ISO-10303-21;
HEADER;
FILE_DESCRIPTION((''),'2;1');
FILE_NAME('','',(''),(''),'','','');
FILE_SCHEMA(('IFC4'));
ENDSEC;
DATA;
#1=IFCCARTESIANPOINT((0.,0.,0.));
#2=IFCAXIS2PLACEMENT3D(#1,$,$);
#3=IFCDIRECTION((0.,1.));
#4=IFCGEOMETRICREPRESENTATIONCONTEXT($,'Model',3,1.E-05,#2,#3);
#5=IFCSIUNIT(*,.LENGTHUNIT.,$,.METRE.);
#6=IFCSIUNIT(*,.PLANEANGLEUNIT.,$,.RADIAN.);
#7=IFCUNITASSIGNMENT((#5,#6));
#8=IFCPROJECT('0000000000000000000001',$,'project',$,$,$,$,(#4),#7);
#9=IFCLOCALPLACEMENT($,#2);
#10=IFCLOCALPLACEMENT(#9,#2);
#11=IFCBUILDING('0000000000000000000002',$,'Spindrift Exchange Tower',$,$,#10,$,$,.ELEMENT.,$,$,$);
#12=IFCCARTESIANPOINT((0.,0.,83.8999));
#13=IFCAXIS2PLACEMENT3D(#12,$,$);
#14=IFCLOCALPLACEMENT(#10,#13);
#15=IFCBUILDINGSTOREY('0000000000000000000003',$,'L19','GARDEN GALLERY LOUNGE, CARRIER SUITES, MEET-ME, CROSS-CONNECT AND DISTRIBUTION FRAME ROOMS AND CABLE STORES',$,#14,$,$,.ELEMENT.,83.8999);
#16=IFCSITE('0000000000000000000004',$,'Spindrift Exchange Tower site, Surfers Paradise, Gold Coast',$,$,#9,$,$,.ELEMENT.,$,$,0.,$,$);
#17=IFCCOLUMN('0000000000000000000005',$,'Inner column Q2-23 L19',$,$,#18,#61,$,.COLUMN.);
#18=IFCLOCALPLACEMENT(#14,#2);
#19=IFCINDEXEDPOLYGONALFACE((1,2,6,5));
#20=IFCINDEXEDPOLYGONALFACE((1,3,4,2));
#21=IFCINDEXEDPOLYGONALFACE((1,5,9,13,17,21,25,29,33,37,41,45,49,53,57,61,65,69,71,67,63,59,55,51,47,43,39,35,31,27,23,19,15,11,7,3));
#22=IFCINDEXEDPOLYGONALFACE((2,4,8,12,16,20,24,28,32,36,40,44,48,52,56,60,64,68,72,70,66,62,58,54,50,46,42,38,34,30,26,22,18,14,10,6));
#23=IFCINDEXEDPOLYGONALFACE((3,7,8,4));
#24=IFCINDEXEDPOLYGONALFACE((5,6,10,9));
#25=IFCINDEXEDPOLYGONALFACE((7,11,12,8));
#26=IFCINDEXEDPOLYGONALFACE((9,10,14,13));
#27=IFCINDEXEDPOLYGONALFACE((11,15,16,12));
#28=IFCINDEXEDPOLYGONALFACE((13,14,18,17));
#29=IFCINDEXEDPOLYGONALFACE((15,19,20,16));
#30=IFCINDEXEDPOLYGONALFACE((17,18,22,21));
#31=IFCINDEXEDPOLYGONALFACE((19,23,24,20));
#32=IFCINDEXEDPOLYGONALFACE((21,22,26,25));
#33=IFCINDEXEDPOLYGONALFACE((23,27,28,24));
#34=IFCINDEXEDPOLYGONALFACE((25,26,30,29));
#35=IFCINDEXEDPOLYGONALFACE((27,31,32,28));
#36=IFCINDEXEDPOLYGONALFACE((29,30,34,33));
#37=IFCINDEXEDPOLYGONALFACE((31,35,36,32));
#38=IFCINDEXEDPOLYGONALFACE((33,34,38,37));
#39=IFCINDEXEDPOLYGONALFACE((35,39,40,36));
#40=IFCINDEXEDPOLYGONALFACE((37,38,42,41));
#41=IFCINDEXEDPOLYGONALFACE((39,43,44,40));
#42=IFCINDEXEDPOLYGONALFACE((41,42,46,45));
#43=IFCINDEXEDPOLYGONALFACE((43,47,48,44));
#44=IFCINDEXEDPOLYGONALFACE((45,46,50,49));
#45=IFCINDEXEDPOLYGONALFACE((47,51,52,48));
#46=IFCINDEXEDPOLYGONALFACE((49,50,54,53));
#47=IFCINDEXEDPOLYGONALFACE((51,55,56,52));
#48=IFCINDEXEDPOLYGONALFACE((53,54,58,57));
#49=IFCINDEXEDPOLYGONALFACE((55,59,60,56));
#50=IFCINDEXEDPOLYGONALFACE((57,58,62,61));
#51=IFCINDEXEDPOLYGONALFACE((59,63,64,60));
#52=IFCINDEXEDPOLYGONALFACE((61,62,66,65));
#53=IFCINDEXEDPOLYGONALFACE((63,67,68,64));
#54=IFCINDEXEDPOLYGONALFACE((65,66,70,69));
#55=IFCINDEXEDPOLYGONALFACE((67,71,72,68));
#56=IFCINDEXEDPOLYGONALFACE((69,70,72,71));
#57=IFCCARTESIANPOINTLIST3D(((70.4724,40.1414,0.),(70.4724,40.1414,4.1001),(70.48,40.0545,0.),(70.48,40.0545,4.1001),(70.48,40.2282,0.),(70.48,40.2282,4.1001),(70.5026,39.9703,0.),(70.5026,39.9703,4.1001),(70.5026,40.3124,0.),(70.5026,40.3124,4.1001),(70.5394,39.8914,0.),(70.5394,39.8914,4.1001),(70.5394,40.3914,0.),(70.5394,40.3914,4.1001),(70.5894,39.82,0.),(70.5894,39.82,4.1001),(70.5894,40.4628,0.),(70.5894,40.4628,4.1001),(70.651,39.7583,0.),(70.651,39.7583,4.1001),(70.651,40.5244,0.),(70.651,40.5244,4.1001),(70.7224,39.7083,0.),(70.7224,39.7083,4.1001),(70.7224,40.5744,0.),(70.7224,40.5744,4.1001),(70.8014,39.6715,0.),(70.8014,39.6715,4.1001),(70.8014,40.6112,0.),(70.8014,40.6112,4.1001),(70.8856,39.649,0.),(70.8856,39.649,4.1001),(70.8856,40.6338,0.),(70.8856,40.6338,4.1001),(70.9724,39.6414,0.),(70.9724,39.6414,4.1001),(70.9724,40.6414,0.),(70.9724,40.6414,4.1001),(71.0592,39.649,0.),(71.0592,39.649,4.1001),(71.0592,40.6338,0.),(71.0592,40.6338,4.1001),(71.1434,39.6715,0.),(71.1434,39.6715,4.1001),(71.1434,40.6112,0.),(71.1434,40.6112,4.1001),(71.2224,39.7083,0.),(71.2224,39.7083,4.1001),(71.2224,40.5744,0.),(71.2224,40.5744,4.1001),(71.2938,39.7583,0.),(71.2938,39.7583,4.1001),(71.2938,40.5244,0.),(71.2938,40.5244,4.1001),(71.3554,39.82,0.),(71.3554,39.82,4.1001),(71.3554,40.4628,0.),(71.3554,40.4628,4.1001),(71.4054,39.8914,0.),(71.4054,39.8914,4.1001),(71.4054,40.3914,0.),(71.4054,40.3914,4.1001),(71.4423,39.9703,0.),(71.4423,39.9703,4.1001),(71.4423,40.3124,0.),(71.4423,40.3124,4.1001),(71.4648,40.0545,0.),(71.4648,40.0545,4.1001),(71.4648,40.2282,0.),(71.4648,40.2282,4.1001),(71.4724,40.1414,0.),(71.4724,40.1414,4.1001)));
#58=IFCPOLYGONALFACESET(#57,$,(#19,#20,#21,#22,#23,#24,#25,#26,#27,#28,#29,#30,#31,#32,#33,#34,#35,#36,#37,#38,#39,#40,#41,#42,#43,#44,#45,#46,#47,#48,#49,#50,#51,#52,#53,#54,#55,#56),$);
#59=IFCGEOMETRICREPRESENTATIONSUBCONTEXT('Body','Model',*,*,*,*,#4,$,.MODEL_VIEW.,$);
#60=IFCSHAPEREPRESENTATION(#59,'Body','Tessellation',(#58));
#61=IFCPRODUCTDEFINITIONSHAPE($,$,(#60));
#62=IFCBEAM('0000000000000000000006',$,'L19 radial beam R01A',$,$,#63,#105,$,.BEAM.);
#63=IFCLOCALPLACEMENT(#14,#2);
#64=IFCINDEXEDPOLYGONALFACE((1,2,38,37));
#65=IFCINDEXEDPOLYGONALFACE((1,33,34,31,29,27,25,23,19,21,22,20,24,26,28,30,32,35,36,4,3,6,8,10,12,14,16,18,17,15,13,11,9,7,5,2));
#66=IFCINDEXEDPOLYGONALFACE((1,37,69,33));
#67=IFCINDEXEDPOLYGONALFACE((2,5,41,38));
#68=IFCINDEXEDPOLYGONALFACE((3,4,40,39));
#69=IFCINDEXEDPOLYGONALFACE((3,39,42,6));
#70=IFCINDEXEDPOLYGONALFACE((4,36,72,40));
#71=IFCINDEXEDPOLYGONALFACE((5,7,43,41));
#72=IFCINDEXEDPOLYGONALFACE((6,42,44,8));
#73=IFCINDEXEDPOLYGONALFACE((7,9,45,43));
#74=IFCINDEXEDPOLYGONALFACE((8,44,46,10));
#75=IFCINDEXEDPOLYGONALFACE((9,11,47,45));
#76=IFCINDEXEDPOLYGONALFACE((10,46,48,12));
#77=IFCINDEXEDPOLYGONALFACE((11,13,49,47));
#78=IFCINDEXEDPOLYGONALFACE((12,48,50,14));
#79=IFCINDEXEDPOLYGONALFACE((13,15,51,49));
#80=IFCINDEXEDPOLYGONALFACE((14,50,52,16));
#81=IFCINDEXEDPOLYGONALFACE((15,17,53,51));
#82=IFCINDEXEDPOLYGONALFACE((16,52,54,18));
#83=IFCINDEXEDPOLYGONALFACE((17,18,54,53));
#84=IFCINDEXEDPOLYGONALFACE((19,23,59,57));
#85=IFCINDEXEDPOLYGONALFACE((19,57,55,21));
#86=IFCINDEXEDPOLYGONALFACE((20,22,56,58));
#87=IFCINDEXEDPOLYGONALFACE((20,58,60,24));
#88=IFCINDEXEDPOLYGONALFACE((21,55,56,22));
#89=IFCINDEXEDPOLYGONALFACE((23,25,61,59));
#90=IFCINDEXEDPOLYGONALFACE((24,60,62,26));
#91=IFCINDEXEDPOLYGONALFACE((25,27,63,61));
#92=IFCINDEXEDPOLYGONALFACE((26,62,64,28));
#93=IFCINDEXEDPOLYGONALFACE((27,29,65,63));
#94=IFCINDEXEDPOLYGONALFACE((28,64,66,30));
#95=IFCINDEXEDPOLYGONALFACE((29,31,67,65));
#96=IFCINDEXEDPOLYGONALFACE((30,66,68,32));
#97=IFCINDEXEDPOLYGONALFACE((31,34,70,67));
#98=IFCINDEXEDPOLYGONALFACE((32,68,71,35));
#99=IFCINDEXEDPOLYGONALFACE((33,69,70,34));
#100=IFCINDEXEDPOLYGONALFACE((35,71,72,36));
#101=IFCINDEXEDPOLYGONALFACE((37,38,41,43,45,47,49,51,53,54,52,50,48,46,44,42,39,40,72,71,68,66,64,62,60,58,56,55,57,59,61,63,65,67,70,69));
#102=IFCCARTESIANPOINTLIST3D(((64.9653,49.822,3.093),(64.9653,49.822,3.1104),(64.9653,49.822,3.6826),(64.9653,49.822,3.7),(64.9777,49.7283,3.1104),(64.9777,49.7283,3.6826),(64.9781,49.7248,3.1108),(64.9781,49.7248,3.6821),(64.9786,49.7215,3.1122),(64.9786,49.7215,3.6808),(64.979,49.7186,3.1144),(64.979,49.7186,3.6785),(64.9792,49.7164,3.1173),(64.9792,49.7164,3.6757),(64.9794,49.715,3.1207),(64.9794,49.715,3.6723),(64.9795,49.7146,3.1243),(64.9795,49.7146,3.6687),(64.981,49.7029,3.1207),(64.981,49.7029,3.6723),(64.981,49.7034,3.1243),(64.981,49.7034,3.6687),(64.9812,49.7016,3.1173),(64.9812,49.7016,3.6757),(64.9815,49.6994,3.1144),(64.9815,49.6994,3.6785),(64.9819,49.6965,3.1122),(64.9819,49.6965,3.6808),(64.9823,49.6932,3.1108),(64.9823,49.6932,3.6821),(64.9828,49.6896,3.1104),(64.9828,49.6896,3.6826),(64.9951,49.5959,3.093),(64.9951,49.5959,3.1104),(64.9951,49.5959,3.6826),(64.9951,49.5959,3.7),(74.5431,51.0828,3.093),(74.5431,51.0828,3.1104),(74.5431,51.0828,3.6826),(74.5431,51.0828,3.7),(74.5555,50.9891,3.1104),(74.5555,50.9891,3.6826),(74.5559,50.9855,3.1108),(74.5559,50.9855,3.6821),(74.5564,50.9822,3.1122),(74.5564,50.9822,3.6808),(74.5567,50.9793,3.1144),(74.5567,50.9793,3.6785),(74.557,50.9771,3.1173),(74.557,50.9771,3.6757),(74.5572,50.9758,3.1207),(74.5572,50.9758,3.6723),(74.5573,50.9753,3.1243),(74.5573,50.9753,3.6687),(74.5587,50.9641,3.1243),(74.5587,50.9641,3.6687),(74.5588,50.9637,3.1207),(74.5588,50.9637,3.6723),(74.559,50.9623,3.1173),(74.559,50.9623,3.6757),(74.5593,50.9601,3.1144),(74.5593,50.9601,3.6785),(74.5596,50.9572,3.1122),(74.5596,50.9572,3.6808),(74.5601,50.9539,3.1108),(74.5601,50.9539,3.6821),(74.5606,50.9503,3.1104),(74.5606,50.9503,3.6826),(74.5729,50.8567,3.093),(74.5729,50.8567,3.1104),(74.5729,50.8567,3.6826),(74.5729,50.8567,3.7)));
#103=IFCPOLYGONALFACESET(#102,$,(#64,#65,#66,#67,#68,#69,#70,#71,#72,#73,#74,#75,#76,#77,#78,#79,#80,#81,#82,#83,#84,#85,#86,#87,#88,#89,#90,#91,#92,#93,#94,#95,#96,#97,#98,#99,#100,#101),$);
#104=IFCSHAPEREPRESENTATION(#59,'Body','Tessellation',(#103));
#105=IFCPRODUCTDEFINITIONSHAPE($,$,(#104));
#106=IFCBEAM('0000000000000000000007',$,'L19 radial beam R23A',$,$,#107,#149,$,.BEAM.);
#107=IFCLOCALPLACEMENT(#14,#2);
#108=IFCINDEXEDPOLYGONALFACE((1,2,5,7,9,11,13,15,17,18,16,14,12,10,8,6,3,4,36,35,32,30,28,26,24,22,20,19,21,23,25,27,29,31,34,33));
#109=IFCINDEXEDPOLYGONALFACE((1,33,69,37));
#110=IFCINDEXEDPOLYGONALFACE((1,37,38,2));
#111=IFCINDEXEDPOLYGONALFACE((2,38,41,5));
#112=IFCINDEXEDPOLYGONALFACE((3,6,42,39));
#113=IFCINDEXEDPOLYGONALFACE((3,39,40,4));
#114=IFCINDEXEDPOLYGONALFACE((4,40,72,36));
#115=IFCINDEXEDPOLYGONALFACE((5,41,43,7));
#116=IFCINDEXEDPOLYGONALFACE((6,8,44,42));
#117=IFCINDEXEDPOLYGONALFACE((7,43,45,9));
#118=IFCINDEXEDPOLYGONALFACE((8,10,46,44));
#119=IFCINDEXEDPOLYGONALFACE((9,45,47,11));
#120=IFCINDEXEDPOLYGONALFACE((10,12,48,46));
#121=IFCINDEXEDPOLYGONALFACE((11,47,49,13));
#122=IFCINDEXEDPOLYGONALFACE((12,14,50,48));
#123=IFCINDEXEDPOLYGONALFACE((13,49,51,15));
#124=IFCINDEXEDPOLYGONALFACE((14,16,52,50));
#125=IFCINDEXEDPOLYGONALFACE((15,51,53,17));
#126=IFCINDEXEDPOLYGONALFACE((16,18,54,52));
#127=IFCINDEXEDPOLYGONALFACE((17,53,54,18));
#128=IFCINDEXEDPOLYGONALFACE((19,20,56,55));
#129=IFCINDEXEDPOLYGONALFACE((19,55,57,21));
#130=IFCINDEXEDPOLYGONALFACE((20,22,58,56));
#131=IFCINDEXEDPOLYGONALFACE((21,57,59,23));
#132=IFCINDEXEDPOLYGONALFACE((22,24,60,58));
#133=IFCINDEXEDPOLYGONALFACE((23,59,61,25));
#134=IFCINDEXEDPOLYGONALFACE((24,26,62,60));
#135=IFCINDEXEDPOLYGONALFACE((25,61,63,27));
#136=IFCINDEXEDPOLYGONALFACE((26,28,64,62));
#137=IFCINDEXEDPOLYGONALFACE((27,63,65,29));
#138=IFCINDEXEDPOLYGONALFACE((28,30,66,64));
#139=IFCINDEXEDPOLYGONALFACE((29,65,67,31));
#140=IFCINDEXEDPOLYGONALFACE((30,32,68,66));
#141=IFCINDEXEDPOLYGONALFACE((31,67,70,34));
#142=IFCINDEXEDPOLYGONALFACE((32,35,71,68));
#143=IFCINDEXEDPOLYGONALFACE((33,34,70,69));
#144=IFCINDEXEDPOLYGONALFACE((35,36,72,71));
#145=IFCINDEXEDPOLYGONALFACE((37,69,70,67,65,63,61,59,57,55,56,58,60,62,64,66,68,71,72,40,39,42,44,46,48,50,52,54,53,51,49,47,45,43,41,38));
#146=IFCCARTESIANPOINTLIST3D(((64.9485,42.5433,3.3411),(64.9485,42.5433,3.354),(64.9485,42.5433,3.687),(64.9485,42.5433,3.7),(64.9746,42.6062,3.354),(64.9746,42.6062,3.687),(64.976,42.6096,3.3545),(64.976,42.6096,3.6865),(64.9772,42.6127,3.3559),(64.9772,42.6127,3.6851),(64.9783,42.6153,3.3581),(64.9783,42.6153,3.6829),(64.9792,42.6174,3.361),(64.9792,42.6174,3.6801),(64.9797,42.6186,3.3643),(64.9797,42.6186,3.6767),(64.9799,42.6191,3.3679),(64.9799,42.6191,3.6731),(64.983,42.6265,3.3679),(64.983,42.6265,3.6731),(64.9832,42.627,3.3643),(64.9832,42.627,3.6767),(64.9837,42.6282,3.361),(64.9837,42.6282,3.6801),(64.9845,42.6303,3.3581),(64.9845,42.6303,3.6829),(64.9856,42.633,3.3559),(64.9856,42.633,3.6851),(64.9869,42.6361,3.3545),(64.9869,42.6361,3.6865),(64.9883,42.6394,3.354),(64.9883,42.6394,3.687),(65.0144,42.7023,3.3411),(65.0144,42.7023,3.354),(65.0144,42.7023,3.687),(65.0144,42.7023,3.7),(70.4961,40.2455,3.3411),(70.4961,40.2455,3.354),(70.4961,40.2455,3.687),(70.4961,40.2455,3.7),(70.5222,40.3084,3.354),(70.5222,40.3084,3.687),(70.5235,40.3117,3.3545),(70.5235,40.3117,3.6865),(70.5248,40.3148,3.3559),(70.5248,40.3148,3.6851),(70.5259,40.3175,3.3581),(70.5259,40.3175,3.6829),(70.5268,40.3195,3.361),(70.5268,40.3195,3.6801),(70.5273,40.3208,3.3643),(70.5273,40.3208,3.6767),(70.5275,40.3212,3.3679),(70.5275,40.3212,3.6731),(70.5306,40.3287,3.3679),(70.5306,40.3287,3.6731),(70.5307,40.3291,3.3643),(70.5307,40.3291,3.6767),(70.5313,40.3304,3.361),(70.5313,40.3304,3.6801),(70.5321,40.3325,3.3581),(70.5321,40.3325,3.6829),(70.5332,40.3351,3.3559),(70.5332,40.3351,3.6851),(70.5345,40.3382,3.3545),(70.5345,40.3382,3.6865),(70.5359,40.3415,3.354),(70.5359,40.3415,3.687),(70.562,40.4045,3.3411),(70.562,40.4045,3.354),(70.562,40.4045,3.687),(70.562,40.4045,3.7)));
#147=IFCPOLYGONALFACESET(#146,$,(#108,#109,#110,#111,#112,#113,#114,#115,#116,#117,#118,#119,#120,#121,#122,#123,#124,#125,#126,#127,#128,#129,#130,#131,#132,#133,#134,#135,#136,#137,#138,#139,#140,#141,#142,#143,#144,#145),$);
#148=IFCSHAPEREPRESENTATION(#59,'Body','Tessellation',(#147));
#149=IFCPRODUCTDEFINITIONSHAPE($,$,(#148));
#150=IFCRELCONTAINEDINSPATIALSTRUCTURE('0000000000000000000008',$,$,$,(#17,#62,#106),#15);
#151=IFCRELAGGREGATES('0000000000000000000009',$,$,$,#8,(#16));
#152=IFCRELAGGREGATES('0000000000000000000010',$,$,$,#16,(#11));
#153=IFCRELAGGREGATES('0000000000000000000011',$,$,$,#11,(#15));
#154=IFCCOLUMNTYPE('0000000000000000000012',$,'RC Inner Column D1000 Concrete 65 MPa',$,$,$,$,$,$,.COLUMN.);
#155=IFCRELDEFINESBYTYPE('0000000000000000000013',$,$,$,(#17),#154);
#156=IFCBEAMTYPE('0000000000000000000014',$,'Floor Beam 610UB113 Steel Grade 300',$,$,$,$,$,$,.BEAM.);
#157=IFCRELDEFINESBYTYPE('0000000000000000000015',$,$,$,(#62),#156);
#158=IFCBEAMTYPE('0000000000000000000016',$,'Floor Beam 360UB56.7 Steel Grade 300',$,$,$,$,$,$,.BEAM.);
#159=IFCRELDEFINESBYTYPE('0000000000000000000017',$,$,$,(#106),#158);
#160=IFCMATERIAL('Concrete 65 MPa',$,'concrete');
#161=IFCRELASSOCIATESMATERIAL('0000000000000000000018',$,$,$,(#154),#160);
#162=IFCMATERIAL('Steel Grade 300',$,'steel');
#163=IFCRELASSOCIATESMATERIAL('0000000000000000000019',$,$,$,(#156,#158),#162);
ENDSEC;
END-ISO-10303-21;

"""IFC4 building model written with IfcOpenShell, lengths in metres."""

from ifc_helpers import new_model, si_unit, direction, frame, origin, origin_2d, place, context, subcontext, project, spatial, circle, i_section, extrude, source, transform, mapped, material, material_profile, profile_set, type_object, element, save


model = new_model("IFC4")

# Units and contexts
model_context = context("Model", 3, precision=1e-05, world=origin(), true_north=direction((0.0, 1.0)))
body_context = subcontext(model_context, "Body", "Model", "MODEL_VIEW")
ifc_project = project(units=[si_unit("LENGTHUNIT", "METRE"), si_unit("PLANEANGLEUNIT", "RADIAN")], contexts=[model_context])

# Site, building, storey
site_placement = place(None, origin())
site = spatial("IfcSite", under=ifc_project, at=site_placement, Name="Spindrift Exchange Tower site, Surfers Paradise, Gold Coast", CompositionType="ELEMENT", RefElevation=0.0)
building_placement = place(site_placement, origin())
building = spatial("IfcBuilding", under=site, at=building_placement, Name="Spindrift Exchange Tower", CompositionType="ELEMENT")
storey_placement = place(building_placement, frame((0.0, 0.0, 83.8999)))
storey = spatial("IfcBuildingStorey", under=building, at=storey_placement, Name="L19", Description="GARDEN GALLERY LOUNGE, CARRIER SUITES, MEET-ME, CROSS-CONNECT AND DISTRIBUTION FRAME ROOMS AND CABLE STORES", CompositionType="ELEMENT", Elevation=83.8999)

# Column
ifc_material_1 = material(Name="Concrete 65 MPa", Category="concrete")
ifc_material_profile_1 = material_profile(ifc_material_1, circle(Radius=0.5, at=origin_2d()), Name="RC D1000")
ifc_profile_set_1 = profile_set([ifc_material_profile_1], Name="Concrete 65 MPa")
column_type = type_object("IfcColumnType", Name="RC Inner Column D1000 Concrete 65 MPa", PredefinedType="COLUMN", material=ifc_profile_set_1)
shared_shape_1 = source(origin(), body_context, "Body", "SweptSolid", [
    extrude(circle(Radius=0.5, at=origin_2d()), origin(), (0.0, 0.0, 1.0), 4.1001),
])
column_placement = place(storey_placement, frame((70.9724, 40.1414, 0.0), z_axis=(0.0, 0.0, 1.0), x_axis=(1.0, 0.0, 0.0)))
element("IfcColumn", 1, at=column_placement, inside=storey, type_object=column_type, Name="Inner column Q2-23 L19", PredefinedType="COLUMN", context=body_context, shape_type="MappedRepresentation", body=[
    mapped(shared_shape_1, transform((0.0, 0.0, 0.0), scale=1.0)),
])

# Beams
ifc_material_2 = material(Name="Steel Grade 300", Category="steel")
ifc_material_profile_2 = material_profile(ifc_material_2, i_section(OverallWidth=0.228, OverallDepth=0.6069, WebThickness=0.0112, FlangeThickness=0.0173, FilletRadius=0.0139, at=origin_2d()), Name="610UB113")
ifc_profile_set_2 = profile_set([ifc_material_profile_2], Name="Steel Grade 300")
beam_type_1 = type_object("IfcBeamType", Name="Floor Beam 610UB113 Steel Grade 300", PredefinedType="BEAM", material=ifc_profile_set_2)
shared_shape_2 = source(origin(), body_context, "Body", "SweptSolid", [
    extrude(i_section(OverallWidth=0.228, OverallDepth=0.6069, WebThickness=0.0112, FlangeThickness=0.0173, FilletRadius=0.0139, at=origin_2d()), origin(), (0.0, 0.0, 1.0), 9.6604),
])
beam_1_placement = place(storey_placement, frame((64.9802, 49.709, 3.3965), z_axis=(0.991448, 0.130505, 0.0), x_axis=(-0.130505, 0.991448, 0.0)))
element("IfcBeam", 2, at=beam_1_placement, inside=storey, type_object=beam_type_1, Name="L19 radial beam R01A", PredefinedType="BEAM", context=body_context, shape_type="MappedRepresentation", body=[
    mapped(shared_shape_2, transform((0.0, 0.0, 0.0), scale=1.0)),
])
ifc_material_profile_3 = material_profile(ifc_material_2, i_section(OverallWidth=0.1721, OverallDepth=0.3589, WebThickness=0.0081, FlangeThickness=0.0129, FilletRadius=0.0139, at=origin_2d()), Name="360UB56.7")
ifc_profile_set_3 = profile_set([ifc_material_profile_3], Name="Steel Grade 300")
beam_type_2 = type_object("IfcBeamType", Name="Floor Beam 360UB56.7 Steel Grade 300", PredefinedType="BEAM", material=ifc_profile_set_3)
shared_shape_3 = source(origin(), body_context, "Body", "SweptSolid", [
    extrude(i_section(OverallWidth=0.1721, OverallDepth=0.3589, WebThickness=0.0081, FlangeThickness=0.0129, FilletRadius=0.0139, at=origin_2d()), origin(), (0.0, 0.0, 1.0), 6.0046),
])
beam_2_placement = place(storey_placement, frame((64.9814, 42.6228, 3.5205), z_axis=(0.923882, -0.382677, 0.0), x_axis=(0.382677, 0.923882, 0.0)))
element("IfcBeam", 3, at=beam_2_placement, inside=storey, type_object=beam_type_2, Name="L19 radial beam R23A", PredefinedType="BEAM", context=body_context, shape_type="MappedRepresentation", body=[
    mapped(shared_shape_3, transform((0.0, 0.0, 0.0), scale=1.0)),
])

save(model, "model.ifc")
